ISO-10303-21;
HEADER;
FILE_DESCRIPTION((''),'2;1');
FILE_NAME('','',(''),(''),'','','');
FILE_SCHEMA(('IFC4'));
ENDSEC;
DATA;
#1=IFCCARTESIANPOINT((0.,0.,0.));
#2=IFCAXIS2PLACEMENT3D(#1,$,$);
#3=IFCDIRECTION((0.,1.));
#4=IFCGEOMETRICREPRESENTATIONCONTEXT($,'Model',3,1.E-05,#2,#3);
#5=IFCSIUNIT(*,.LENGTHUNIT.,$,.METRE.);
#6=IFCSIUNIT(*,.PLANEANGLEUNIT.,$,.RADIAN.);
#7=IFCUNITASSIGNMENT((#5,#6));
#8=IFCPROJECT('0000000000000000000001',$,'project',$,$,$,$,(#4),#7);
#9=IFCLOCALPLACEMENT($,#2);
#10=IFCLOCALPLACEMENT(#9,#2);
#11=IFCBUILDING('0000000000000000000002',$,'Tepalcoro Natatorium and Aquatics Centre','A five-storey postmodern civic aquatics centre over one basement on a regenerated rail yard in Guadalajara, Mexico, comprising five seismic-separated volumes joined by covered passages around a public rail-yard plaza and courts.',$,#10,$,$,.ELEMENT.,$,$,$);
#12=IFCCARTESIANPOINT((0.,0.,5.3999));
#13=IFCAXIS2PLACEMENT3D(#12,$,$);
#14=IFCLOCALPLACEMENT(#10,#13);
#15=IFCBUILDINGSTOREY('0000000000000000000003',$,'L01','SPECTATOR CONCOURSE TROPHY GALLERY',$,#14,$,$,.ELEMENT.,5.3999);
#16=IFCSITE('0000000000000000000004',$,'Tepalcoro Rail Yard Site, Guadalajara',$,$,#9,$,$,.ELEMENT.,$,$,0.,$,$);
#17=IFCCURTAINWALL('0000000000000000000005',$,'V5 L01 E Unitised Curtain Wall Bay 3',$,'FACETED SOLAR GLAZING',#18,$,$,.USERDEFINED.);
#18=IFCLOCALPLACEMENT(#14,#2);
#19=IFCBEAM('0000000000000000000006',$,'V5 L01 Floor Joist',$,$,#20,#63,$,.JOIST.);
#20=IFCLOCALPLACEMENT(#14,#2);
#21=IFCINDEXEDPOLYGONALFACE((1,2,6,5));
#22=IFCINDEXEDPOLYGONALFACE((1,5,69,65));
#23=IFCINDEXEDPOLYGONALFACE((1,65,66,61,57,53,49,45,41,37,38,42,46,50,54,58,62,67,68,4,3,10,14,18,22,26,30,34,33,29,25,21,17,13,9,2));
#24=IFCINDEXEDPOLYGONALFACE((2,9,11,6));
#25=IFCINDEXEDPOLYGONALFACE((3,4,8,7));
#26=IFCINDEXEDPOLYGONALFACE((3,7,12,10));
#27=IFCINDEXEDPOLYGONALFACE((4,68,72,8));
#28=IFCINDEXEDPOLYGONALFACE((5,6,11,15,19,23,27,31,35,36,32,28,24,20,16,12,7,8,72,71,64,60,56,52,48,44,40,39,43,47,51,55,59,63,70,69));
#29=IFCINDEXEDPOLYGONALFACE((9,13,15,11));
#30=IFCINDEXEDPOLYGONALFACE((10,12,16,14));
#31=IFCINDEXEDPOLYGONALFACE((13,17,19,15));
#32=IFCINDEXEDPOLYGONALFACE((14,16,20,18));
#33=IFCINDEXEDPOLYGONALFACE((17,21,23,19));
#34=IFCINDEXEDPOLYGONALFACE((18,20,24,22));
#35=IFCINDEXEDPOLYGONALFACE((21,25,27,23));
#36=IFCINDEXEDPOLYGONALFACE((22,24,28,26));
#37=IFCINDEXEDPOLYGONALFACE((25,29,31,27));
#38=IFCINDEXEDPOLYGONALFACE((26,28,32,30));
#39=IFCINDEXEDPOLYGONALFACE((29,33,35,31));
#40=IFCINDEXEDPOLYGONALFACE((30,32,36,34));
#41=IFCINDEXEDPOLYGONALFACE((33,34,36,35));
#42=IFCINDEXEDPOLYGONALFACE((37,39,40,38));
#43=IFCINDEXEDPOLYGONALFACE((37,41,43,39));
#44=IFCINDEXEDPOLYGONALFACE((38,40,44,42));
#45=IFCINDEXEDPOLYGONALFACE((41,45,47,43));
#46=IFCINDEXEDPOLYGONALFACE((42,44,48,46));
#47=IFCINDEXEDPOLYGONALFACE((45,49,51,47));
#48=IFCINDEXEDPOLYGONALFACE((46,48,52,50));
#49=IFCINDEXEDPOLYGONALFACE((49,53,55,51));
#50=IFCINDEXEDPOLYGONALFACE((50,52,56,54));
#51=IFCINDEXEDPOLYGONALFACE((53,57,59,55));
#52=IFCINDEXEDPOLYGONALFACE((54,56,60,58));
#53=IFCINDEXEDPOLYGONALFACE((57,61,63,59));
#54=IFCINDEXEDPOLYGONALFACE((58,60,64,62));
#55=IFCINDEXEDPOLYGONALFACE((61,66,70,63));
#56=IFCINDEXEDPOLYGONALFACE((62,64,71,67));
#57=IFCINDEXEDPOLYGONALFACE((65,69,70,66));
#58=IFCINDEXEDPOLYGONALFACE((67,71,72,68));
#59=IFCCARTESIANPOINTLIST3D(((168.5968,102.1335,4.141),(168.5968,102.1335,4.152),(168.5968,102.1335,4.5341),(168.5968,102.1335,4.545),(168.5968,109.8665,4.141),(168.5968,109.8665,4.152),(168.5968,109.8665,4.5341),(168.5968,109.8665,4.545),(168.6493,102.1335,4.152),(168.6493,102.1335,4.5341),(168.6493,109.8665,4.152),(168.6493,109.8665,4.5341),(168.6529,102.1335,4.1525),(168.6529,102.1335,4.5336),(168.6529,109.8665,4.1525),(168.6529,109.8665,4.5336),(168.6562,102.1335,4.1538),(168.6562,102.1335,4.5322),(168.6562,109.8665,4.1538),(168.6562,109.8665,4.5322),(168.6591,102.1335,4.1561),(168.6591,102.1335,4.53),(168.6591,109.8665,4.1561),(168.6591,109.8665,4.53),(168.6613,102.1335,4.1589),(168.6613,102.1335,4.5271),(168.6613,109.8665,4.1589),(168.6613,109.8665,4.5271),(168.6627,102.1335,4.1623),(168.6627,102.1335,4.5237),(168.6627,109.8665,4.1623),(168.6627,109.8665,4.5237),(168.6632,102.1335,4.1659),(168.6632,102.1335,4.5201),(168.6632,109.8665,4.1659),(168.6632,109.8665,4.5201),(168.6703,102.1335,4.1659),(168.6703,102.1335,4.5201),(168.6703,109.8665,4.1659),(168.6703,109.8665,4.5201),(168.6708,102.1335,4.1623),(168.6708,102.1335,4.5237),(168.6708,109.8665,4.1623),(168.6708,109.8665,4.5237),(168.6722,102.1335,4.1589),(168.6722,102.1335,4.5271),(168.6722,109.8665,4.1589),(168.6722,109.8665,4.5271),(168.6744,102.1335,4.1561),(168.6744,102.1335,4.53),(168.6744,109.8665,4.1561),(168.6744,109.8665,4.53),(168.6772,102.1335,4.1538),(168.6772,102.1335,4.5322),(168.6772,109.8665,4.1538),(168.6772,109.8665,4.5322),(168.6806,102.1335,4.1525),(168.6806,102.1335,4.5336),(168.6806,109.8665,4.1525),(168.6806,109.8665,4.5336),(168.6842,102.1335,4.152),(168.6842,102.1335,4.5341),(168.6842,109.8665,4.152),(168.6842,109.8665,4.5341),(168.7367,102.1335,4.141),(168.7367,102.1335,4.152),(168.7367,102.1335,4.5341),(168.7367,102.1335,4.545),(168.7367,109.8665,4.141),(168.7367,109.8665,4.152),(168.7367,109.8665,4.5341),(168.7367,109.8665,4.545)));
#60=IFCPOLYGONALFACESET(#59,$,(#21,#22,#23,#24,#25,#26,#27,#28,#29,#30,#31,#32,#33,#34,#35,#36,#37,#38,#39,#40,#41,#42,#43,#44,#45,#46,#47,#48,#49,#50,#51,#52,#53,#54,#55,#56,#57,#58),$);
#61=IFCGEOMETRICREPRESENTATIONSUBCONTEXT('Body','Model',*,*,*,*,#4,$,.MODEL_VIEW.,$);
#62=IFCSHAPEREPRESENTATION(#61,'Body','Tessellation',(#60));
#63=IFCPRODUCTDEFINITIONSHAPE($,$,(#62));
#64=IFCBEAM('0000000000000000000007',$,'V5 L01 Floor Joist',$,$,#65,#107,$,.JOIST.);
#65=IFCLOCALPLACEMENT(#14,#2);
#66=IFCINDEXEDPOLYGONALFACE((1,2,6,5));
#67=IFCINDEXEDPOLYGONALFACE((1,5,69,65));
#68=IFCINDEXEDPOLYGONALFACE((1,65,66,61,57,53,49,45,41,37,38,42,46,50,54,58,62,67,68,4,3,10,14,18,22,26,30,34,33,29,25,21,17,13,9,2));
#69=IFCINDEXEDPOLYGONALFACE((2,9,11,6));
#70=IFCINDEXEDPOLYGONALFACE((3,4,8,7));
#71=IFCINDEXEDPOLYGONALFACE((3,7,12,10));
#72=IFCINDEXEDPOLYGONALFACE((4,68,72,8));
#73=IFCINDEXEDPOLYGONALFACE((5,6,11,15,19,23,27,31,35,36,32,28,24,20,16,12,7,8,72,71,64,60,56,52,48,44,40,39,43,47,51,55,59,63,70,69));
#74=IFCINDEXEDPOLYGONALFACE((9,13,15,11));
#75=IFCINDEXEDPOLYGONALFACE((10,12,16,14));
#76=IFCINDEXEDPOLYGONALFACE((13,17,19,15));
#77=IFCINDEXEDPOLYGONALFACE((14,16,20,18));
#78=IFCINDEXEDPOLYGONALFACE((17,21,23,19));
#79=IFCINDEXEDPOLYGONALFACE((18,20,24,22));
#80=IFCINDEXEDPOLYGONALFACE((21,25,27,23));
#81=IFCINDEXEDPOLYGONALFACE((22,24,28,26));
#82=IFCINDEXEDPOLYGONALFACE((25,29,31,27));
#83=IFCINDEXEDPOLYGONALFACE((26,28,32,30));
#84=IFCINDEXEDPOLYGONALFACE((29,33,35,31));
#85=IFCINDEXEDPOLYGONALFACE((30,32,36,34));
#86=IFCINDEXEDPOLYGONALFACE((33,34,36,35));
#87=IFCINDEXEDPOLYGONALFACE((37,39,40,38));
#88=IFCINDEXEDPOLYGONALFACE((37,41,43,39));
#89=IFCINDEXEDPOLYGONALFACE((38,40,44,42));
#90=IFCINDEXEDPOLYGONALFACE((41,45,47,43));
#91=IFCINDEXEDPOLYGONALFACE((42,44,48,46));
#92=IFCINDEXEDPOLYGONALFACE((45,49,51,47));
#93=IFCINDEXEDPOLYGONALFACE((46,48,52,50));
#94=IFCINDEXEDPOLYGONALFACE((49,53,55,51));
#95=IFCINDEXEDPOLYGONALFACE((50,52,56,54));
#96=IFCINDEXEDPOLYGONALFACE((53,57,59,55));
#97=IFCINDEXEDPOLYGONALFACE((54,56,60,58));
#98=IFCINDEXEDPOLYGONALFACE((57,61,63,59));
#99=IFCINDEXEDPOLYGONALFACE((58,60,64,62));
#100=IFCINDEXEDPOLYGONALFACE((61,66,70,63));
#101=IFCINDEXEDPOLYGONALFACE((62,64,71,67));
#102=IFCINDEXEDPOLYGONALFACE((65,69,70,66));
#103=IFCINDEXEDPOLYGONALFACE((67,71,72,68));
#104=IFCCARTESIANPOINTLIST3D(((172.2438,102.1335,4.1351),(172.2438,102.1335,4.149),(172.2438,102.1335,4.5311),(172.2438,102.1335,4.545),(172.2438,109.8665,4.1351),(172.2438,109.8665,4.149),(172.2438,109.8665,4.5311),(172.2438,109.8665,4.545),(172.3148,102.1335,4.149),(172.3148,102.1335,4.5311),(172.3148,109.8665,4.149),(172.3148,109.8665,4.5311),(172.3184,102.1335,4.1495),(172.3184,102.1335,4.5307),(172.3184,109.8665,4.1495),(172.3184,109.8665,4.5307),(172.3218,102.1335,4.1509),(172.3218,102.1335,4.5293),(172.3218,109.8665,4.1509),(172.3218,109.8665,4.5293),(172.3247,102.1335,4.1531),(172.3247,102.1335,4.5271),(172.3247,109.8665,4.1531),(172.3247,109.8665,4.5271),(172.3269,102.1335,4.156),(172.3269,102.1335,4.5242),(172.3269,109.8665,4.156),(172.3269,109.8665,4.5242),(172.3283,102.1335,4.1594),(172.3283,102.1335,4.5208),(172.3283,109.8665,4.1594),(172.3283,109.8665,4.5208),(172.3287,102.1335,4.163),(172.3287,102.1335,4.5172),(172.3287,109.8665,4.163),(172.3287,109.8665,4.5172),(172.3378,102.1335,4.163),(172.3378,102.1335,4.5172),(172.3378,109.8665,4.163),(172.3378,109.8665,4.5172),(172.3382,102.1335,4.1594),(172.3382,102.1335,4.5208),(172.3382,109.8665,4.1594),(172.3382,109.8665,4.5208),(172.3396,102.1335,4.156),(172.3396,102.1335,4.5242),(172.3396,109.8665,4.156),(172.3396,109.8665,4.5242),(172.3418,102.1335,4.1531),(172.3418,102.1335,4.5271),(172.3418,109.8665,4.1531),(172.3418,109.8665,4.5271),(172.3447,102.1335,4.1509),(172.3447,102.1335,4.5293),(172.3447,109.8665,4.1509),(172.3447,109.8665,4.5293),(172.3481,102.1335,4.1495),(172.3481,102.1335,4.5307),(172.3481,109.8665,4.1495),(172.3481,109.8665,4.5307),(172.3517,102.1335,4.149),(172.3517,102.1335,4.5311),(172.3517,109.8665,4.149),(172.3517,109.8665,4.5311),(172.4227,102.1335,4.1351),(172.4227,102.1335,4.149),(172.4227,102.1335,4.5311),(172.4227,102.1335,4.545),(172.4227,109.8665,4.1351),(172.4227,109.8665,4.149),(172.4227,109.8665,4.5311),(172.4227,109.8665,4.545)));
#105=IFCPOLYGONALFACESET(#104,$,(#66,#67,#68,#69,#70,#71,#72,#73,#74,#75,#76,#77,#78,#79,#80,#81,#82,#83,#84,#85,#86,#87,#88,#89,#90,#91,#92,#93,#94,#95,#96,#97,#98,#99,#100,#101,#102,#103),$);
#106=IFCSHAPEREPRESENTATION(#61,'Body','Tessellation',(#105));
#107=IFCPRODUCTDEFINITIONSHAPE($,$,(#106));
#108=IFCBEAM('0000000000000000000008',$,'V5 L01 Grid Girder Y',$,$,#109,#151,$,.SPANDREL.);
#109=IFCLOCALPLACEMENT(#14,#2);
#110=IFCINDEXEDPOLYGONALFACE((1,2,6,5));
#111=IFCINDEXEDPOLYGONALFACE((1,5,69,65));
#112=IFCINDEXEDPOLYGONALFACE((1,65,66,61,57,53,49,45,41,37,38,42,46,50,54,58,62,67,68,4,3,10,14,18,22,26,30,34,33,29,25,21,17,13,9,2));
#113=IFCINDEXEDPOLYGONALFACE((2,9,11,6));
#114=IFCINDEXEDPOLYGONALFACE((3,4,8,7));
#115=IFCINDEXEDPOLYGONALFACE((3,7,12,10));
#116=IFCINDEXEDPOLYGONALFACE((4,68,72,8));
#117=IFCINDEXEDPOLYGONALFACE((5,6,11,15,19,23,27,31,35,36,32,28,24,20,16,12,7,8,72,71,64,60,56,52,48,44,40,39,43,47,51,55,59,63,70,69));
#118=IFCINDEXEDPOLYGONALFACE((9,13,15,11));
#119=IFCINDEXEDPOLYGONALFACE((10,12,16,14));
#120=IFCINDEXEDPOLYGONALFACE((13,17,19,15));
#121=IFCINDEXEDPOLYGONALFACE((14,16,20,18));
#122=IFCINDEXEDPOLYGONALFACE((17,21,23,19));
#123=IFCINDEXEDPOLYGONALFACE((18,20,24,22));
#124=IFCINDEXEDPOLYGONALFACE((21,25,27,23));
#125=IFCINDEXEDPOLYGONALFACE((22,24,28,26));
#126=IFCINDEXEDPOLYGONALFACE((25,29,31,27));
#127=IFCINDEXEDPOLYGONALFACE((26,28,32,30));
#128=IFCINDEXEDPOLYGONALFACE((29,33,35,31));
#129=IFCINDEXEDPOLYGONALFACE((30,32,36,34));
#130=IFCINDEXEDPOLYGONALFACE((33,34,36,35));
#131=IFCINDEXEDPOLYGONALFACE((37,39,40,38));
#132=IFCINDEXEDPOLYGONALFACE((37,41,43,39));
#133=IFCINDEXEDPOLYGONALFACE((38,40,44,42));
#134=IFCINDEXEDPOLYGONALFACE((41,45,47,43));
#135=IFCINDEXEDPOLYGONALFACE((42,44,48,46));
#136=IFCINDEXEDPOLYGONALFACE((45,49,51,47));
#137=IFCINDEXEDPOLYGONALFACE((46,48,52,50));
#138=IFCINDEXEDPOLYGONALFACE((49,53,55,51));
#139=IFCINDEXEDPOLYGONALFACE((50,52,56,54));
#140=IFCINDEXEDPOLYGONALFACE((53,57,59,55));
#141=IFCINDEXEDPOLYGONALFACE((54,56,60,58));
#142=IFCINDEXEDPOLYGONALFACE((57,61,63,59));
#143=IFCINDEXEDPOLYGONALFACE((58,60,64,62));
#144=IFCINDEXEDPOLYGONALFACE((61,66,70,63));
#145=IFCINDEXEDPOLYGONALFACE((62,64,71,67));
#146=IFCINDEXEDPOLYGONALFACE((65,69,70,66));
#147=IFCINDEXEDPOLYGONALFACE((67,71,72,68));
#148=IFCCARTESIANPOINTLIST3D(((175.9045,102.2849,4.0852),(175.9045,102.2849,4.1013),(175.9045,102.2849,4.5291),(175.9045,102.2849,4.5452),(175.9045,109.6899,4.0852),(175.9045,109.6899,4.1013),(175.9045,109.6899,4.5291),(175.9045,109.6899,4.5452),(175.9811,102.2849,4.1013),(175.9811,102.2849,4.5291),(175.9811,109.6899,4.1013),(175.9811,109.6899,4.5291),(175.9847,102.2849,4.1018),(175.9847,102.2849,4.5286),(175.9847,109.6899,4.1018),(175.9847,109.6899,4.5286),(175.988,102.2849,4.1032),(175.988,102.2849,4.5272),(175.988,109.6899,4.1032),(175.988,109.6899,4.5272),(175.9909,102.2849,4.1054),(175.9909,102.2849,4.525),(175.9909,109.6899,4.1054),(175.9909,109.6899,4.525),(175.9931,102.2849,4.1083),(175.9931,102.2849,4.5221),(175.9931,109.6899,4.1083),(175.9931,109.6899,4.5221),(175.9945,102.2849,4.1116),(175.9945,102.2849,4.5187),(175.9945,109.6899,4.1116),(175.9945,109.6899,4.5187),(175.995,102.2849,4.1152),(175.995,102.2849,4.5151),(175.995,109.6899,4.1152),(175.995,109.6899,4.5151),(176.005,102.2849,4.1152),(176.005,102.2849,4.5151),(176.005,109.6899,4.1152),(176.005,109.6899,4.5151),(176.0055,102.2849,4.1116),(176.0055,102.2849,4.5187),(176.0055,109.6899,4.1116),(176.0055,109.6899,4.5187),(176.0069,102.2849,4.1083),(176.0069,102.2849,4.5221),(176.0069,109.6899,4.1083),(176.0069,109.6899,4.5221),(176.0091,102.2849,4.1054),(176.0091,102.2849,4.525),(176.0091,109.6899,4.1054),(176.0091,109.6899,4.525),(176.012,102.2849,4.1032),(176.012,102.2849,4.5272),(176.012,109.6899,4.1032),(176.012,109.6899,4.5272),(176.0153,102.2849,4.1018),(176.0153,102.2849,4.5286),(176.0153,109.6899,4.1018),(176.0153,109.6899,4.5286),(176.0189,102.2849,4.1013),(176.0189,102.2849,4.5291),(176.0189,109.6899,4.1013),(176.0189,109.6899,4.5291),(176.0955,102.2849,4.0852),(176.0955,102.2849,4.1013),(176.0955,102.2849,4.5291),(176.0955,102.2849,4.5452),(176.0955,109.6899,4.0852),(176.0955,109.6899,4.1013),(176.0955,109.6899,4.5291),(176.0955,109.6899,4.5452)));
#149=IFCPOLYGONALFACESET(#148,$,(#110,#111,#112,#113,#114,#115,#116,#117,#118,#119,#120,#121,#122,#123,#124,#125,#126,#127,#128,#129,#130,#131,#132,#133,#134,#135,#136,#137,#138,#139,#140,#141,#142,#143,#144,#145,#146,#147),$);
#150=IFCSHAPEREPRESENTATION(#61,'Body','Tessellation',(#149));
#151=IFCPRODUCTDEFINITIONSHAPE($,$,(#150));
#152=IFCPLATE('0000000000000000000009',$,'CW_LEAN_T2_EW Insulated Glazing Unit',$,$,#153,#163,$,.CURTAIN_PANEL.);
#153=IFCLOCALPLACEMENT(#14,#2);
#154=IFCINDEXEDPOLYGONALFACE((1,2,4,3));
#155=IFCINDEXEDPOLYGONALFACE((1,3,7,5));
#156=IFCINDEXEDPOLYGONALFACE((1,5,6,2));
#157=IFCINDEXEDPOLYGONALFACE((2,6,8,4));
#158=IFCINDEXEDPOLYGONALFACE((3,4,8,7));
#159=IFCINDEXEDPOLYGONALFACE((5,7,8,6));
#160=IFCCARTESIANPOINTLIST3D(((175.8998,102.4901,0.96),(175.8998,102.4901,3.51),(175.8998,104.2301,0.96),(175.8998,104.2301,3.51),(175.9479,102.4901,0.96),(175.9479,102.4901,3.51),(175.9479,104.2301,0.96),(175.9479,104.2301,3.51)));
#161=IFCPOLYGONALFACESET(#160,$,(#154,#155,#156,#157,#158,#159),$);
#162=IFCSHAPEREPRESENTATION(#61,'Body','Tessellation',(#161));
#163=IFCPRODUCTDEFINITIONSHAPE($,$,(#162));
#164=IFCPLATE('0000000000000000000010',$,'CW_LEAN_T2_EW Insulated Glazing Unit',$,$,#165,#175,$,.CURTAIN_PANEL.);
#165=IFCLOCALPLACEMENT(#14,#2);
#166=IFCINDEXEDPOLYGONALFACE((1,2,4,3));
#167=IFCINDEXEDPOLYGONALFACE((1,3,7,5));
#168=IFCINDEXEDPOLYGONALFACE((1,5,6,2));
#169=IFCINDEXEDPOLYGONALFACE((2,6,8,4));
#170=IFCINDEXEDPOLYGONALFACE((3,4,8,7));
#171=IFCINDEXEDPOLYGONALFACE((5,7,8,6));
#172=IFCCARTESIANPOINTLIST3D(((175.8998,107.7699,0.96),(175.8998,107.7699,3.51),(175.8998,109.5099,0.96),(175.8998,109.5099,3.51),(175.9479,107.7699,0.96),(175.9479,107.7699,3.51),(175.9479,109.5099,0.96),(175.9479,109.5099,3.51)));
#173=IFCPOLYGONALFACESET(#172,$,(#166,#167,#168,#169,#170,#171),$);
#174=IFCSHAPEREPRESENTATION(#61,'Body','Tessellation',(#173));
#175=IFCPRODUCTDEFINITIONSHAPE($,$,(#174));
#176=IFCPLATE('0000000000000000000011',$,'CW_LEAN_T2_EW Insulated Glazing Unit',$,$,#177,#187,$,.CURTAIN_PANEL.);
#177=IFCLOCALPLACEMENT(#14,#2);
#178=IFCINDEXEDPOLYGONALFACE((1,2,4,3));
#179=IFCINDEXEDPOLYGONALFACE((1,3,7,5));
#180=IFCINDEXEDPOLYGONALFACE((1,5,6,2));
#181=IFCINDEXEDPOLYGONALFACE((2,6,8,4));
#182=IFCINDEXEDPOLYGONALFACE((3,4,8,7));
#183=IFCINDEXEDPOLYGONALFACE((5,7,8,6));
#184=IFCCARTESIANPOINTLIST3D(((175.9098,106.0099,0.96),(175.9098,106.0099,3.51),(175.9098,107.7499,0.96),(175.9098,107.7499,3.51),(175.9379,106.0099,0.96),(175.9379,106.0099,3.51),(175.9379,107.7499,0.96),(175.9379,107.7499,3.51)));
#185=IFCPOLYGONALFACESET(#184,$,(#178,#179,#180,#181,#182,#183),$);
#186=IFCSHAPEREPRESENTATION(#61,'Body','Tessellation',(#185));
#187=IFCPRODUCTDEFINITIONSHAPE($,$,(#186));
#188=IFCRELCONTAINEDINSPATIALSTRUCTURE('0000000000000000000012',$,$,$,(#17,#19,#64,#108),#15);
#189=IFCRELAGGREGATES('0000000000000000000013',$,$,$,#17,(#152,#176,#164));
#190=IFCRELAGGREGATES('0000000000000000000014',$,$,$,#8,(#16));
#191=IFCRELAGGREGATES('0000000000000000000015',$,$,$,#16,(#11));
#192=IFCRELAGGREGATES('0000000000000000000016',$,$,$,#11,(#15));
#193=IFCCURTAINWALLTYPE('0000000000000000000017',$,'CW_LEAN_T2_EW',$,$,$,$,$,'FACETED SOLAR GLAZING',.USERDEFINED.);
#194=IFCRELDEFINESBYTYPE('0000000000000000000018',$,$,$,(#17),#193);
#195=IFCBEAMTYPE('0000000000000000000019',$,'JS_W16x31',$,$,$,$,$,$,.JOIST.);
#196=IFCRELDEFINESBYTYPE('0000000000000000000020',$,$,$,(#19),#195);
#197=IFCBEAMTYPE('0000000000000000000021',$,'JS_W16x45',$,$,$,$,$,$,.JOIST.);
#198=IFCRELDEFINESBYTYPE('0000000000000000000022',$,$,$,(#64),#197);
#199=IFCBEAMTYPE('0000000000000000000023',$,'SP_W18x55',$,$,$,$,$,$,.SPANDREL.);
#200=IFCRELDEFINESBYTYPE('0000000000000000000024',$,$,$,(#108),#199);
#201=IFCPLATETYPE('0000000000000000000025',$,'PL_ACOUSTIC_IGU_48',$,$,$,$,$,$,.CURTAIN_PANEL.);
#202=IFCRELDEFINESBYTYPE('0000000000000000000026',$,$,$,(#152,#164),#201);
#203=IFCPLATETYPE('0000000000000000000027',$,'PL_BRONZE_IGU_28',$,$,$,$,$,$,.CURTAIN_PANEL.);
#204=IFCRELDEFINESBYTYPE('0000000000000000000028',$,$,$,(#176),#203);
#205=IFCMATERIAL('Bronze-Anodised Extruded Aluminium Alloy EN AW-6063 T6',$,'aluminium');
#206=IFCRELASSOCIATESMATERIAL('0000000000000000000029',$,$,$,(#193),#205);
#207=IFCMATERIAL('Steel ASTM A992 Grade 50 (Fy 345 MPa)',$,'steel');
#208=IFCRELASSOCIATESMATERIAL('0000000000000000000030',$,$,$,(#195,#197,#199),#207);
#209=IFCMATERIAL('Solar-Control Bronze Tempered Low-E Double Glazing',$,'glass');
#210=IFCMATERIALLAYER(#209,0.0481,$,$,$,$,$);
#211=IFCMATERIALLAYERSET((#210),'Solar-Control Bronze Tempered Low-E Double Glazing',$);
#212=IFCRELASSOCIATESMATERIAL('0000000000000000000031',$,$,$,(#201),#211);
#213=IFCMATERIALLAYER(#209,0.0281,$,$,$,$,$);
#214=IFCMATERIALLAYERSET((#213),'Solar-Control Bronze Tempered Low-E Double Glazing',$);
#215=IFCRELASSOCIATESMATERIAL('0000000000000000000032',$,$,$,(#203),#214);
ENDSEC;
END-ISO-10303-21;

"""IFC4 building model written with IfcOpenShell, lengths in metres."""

from ifc_helpers import new_model, si_unit, direction, frame, origin, origin_2d, place, context, subcontext, project, spatial, rectangle, i_section, extrude, material, layer, layer_set, material_profile, profile_set, type_object, element, aggregate, save


model = new_model("IFC4")

# Units and contexts
model_context = context("Model", 3, precision=1e-05, world=origin(), true_north=direction((0.0, 1.0)))
body_context = subcontext(model_context, "Body", "Model", "MODEL_VIEW")
ifc_project = project(units=[si_unit("LENGTHUNIT", "METRE"), si_unit("PLANEANGLEUNIT", "RADIAN")], contexts=[model_context])

# Site, building, storey
site_placement = place(None, origin())
site = spatial("IfcSite", under=ifc_project, at=site_placement, Name="Tepalcoro Rail Yard Site, Guadalajara", CompositionType="ELEMENT", RefElevation=0.0)
building_placement = place(site_placement, origin())
building = spatial("IfcBuilding", under=site, at=building_placement, Name="Tepalcoro Natatorium and Aquatics Centre", Description="A five-storey postmodern civic aquatics centre over one basement on a regenerated rail yard in Guadalajara, Mexico, comprising five seismic-separated volumes joined by covered passages around a public rail-yard plaza and courts.", CompositionType="ELEMENT")
storey_placement = place(building_placement, frame((0.0, 0.0, 5.3999)))
storey = spatial("IfcBuildingStorey", under=building, at=storey_placement, Name="L01", Description="SPECTATOR CONCOURSE TROPHY GALLERY", CompositionType="ELEMENT", Elevation=5.3999)

# Curtain wall
ifc_material_1 = material(Name="Bronze-Anodised Extruded Aluminium Alloy EN AW-6063 T6", Category="aluminium")
curtain_wall_type = type_object("IfcCurtainWallType", Name="CW_LEAN_T2_EW", ElementType="FACETED SOLAR GLAZING", PredefinedType="USERDEFINED", material=ifc_material_1)
curtain_wall_placement = place(storey_placement, origin())
curtain_wall = element("IfcCurtainWall", 1, at=curtain_wall_placement, inside=storey, type_object=curtain_wall_type, Name="V5 L01 E Unitised Curtain Wall Bay 3", ObjectType="FACETED SOLAR GLAZING", PredefinedType="USERDEFINED")

# Beams
ifc_material_2 = material(Name="Steel ASTM A992 Grade 50 (Fy 345 MPa)", Category="steel")
ifc_material_profile_1 = material_profile(ifc_material_2, i_section(OverallWidth=0.1399, OverallDepth=0.4041, WebThickness=0.0071, FlangeThickness=0.011, FilletRadius=0.0139, at=origin_2d()), Name="W16X31")
ifc_profile_set_1 = profile_set([ifc_material_profile_1], Name="Steel ASTM A992 Grade 50 (Fy 345 MPa)")
beam_type_1 = type_object("IfcBeamType", Name="JS_W16x31", PredefinedType="JOIST", material=ifc_profile_set_1)
beam_1_placement = place(storey_placement, frame((168.6667, 102.1335, 4.343), z_axis=(0.0, 1.0, 0.0), x_axis=(-1.0, 0.0, 0.0)))
element("IfcBeam", 2, at=beam_1_placement, inside=storey, type_object=beam_type_1, Name="V5 L01 Floor Joist", PredefinedType="JOIST", context=body_context, shape_type="SweptSolid", body=[
    extrude(i_section(OverallWidth=0.1399, OverallDepth=0.4041, WebThickness=0.0071, FlangeThickness=0.011, FilletRadius=0.0139, at=origin_2d()), origin(), (0.0, 0.0, 1.0), 7.7329),
])
ifc_material_profile_2 = material_profile(ifc_material_2, i_section(OverallWidth=0.179, OverallDepth=0.4099, WebThickness=0.009, FlangeThickness=0.0139, FilletRadius=0.0139, at=origin_2d()), Name="W16X45")
ifc_profile_set_2 = profile_set([ifc_material_profile_2], Name="Steel ASTM A992 Grade 50 (Fy 345 MPa)")
beam_type_2 = type_object("IfcBeamType", Name="JS_W16x45", PredefinedType="JOIST", material=ifc_profile_set_2)
beam_2_placement = place(storey_placement, frame((172.3333, 102.1335, 4.3401), z_axis=(0.0, 1.0, 0.0), x_axis=(-1.0, 0.0, 0.0)))
element("IfcBeam", 3, at=beam_2_placement, inside=storey, type_object=beam_type_2, Name="V5 L01 Floor Joist", PredefinedType="JOIST", context=body_context, shape_type="SweptSolid", body=[
    extrude(i_section(OverallWidth=0.179, OverallDepth=0.4099, WebThickness=0.009, FlangeThickness=0.0139, FilletRadius=0.0139, at=origin_2d()), origin(), (0.0, 0.0, 1.0), 7.7329),
])
ifc_material_profile_3 = material_profile(ifc_material_2, i_section(OverallWidth=0.1909, OverallDepth=0.46, WebThickness=0.01, FlangeThickness=0.0161, FilletRadius=0.0139, at=origin_2d()), Name="W18X55")
ifc_profile_set_3 = profile_set([ifc_material_profile_3], Name="Steel ASTM A992 Grade 50 (Fy 345 MPa)")
beam_type_3 = type_object("IfcBeamType", Name="SP_W18x55", PredefinedType="SPANDREL", material=ifc_profile_set_3)
beam_3_placement = place(storey_placement, frame((176.0, 102.2849, 4.3152), z_axis=(0.0, 1.0, 0.0), x_axis=(-1.0, 0.0, 0.0)))
element("IfcBeam", 4, at=beam_3_placement, inside=storey, type_object=beam_type_3, Name="V5 L01 Grid Girder Y", PredefinedType="SPANDREL", context=body_context, shape_type="SweptSolid", body=[
    extrude(i_section(OverallWidth=0.1909, OverallDepth=0.46, WebThickness=0.01, FlangeThickness=0.0161, FilletRadius=0.0139, at=origin_2d()), origin(), (0.0, 0.0, 1.0), 7.405),
])

# Plates
ifc_material_3 = material(Name="Solar-Control Bronze Tempered Low-E Double Glazing", Category="glass")
ifc_layer_1 = layer(ifc_material_3, 0.0481)
ifc_layer_set_1 = layer_set([ifc_layer_1], Name="Solar-Control Bronze Tempered Low-E Double Glazing")
plate_type_1 = type_object("IfcPlateType", Name="PL_ACOUSTIC_IGU_48", PredefinedType="CURTAIN_PANEL", material=ifc_layer_set_1)
plate_1_placement = place(storey_placement, frame((175.9238, 103.3601, 0.96), z_axis=(0.0, 0.0, 1.0), x_axis=(1.0, 0.0, 0.0)))
plate_1 = element("IfcPlate", 5, at=plate_1_placement, type_object=plate_type_1, Name="CW_LEAN_T2_EW Insulated Glazing Unit", PredefinedType="CURTAIN_PANEL", context=body_context, shape_type="SweptSolid", body=[
    extrude(rectangle(XDim=0.0481, YDim=1.74, at=origin_2d()), origin(), (0.0, 0.0, 1.0), 2.55),
])
plate_2_placement = place(storey_placement, frame((175.9238, 108.6399, 0.96), z_axis=(0.0, 0.0, 1.0), x_axis=(1.0, 0.0, 0.0)))
plate_2 = element("IfcPlate", 6, at=plate_2_placement, type_object=plate_type_1, Name="CW_LEAN_T2_EW Insulated Glazing Unit", PredefinedType="CURTAIN_PANEL", context=body_context, shape_type="SweptSolid", body=[
    extrude(rectangle(XDim=0.0481, YDim=1.74, at=origin_2d()), origin(), (0.0, 0.0, 1.0), 2.55),
])
ifc_layer_2 = layer(ifc_material_3, 0.0281)
ifc_layer_set_2 = layer_set([ifc_layer_2], Name="Solar-Control Bronze Tempered Low-E Double Glazing")
plate_type_2 = type_object("IfcPlateType", Name="PL_BRONZE_IGU_28", PredefinedType="CURTAIN_PANEL", material=ifc_layer_set_2)
plate_3_placement = place(storey_placement, frame((175.9238, 106.8799, 0.96), z_axis=(0.0, 0.0, 1.0), x_axis=(1.0, 0.0, 0.0)))
plate_3 = element("IfcPlate", 7, at=plate_3_placement, type_object=plate_type_2, Name="CW_LEAN_T2_EW Insulated Glazing Unit", PredefinedType="CURTAIN_PANEL", context=body_context, shape_type="SweptSolid", body=[
    extrude(rectangle(XDim=0.0281, YDim=1.74, at=origin_2d()), origin(), (0.0, 0.0, 1.0), 2.55),
])
aggregate(curtain_wall, [plate_1, plate_3, plate_2])

save(model, "model.ifc")
